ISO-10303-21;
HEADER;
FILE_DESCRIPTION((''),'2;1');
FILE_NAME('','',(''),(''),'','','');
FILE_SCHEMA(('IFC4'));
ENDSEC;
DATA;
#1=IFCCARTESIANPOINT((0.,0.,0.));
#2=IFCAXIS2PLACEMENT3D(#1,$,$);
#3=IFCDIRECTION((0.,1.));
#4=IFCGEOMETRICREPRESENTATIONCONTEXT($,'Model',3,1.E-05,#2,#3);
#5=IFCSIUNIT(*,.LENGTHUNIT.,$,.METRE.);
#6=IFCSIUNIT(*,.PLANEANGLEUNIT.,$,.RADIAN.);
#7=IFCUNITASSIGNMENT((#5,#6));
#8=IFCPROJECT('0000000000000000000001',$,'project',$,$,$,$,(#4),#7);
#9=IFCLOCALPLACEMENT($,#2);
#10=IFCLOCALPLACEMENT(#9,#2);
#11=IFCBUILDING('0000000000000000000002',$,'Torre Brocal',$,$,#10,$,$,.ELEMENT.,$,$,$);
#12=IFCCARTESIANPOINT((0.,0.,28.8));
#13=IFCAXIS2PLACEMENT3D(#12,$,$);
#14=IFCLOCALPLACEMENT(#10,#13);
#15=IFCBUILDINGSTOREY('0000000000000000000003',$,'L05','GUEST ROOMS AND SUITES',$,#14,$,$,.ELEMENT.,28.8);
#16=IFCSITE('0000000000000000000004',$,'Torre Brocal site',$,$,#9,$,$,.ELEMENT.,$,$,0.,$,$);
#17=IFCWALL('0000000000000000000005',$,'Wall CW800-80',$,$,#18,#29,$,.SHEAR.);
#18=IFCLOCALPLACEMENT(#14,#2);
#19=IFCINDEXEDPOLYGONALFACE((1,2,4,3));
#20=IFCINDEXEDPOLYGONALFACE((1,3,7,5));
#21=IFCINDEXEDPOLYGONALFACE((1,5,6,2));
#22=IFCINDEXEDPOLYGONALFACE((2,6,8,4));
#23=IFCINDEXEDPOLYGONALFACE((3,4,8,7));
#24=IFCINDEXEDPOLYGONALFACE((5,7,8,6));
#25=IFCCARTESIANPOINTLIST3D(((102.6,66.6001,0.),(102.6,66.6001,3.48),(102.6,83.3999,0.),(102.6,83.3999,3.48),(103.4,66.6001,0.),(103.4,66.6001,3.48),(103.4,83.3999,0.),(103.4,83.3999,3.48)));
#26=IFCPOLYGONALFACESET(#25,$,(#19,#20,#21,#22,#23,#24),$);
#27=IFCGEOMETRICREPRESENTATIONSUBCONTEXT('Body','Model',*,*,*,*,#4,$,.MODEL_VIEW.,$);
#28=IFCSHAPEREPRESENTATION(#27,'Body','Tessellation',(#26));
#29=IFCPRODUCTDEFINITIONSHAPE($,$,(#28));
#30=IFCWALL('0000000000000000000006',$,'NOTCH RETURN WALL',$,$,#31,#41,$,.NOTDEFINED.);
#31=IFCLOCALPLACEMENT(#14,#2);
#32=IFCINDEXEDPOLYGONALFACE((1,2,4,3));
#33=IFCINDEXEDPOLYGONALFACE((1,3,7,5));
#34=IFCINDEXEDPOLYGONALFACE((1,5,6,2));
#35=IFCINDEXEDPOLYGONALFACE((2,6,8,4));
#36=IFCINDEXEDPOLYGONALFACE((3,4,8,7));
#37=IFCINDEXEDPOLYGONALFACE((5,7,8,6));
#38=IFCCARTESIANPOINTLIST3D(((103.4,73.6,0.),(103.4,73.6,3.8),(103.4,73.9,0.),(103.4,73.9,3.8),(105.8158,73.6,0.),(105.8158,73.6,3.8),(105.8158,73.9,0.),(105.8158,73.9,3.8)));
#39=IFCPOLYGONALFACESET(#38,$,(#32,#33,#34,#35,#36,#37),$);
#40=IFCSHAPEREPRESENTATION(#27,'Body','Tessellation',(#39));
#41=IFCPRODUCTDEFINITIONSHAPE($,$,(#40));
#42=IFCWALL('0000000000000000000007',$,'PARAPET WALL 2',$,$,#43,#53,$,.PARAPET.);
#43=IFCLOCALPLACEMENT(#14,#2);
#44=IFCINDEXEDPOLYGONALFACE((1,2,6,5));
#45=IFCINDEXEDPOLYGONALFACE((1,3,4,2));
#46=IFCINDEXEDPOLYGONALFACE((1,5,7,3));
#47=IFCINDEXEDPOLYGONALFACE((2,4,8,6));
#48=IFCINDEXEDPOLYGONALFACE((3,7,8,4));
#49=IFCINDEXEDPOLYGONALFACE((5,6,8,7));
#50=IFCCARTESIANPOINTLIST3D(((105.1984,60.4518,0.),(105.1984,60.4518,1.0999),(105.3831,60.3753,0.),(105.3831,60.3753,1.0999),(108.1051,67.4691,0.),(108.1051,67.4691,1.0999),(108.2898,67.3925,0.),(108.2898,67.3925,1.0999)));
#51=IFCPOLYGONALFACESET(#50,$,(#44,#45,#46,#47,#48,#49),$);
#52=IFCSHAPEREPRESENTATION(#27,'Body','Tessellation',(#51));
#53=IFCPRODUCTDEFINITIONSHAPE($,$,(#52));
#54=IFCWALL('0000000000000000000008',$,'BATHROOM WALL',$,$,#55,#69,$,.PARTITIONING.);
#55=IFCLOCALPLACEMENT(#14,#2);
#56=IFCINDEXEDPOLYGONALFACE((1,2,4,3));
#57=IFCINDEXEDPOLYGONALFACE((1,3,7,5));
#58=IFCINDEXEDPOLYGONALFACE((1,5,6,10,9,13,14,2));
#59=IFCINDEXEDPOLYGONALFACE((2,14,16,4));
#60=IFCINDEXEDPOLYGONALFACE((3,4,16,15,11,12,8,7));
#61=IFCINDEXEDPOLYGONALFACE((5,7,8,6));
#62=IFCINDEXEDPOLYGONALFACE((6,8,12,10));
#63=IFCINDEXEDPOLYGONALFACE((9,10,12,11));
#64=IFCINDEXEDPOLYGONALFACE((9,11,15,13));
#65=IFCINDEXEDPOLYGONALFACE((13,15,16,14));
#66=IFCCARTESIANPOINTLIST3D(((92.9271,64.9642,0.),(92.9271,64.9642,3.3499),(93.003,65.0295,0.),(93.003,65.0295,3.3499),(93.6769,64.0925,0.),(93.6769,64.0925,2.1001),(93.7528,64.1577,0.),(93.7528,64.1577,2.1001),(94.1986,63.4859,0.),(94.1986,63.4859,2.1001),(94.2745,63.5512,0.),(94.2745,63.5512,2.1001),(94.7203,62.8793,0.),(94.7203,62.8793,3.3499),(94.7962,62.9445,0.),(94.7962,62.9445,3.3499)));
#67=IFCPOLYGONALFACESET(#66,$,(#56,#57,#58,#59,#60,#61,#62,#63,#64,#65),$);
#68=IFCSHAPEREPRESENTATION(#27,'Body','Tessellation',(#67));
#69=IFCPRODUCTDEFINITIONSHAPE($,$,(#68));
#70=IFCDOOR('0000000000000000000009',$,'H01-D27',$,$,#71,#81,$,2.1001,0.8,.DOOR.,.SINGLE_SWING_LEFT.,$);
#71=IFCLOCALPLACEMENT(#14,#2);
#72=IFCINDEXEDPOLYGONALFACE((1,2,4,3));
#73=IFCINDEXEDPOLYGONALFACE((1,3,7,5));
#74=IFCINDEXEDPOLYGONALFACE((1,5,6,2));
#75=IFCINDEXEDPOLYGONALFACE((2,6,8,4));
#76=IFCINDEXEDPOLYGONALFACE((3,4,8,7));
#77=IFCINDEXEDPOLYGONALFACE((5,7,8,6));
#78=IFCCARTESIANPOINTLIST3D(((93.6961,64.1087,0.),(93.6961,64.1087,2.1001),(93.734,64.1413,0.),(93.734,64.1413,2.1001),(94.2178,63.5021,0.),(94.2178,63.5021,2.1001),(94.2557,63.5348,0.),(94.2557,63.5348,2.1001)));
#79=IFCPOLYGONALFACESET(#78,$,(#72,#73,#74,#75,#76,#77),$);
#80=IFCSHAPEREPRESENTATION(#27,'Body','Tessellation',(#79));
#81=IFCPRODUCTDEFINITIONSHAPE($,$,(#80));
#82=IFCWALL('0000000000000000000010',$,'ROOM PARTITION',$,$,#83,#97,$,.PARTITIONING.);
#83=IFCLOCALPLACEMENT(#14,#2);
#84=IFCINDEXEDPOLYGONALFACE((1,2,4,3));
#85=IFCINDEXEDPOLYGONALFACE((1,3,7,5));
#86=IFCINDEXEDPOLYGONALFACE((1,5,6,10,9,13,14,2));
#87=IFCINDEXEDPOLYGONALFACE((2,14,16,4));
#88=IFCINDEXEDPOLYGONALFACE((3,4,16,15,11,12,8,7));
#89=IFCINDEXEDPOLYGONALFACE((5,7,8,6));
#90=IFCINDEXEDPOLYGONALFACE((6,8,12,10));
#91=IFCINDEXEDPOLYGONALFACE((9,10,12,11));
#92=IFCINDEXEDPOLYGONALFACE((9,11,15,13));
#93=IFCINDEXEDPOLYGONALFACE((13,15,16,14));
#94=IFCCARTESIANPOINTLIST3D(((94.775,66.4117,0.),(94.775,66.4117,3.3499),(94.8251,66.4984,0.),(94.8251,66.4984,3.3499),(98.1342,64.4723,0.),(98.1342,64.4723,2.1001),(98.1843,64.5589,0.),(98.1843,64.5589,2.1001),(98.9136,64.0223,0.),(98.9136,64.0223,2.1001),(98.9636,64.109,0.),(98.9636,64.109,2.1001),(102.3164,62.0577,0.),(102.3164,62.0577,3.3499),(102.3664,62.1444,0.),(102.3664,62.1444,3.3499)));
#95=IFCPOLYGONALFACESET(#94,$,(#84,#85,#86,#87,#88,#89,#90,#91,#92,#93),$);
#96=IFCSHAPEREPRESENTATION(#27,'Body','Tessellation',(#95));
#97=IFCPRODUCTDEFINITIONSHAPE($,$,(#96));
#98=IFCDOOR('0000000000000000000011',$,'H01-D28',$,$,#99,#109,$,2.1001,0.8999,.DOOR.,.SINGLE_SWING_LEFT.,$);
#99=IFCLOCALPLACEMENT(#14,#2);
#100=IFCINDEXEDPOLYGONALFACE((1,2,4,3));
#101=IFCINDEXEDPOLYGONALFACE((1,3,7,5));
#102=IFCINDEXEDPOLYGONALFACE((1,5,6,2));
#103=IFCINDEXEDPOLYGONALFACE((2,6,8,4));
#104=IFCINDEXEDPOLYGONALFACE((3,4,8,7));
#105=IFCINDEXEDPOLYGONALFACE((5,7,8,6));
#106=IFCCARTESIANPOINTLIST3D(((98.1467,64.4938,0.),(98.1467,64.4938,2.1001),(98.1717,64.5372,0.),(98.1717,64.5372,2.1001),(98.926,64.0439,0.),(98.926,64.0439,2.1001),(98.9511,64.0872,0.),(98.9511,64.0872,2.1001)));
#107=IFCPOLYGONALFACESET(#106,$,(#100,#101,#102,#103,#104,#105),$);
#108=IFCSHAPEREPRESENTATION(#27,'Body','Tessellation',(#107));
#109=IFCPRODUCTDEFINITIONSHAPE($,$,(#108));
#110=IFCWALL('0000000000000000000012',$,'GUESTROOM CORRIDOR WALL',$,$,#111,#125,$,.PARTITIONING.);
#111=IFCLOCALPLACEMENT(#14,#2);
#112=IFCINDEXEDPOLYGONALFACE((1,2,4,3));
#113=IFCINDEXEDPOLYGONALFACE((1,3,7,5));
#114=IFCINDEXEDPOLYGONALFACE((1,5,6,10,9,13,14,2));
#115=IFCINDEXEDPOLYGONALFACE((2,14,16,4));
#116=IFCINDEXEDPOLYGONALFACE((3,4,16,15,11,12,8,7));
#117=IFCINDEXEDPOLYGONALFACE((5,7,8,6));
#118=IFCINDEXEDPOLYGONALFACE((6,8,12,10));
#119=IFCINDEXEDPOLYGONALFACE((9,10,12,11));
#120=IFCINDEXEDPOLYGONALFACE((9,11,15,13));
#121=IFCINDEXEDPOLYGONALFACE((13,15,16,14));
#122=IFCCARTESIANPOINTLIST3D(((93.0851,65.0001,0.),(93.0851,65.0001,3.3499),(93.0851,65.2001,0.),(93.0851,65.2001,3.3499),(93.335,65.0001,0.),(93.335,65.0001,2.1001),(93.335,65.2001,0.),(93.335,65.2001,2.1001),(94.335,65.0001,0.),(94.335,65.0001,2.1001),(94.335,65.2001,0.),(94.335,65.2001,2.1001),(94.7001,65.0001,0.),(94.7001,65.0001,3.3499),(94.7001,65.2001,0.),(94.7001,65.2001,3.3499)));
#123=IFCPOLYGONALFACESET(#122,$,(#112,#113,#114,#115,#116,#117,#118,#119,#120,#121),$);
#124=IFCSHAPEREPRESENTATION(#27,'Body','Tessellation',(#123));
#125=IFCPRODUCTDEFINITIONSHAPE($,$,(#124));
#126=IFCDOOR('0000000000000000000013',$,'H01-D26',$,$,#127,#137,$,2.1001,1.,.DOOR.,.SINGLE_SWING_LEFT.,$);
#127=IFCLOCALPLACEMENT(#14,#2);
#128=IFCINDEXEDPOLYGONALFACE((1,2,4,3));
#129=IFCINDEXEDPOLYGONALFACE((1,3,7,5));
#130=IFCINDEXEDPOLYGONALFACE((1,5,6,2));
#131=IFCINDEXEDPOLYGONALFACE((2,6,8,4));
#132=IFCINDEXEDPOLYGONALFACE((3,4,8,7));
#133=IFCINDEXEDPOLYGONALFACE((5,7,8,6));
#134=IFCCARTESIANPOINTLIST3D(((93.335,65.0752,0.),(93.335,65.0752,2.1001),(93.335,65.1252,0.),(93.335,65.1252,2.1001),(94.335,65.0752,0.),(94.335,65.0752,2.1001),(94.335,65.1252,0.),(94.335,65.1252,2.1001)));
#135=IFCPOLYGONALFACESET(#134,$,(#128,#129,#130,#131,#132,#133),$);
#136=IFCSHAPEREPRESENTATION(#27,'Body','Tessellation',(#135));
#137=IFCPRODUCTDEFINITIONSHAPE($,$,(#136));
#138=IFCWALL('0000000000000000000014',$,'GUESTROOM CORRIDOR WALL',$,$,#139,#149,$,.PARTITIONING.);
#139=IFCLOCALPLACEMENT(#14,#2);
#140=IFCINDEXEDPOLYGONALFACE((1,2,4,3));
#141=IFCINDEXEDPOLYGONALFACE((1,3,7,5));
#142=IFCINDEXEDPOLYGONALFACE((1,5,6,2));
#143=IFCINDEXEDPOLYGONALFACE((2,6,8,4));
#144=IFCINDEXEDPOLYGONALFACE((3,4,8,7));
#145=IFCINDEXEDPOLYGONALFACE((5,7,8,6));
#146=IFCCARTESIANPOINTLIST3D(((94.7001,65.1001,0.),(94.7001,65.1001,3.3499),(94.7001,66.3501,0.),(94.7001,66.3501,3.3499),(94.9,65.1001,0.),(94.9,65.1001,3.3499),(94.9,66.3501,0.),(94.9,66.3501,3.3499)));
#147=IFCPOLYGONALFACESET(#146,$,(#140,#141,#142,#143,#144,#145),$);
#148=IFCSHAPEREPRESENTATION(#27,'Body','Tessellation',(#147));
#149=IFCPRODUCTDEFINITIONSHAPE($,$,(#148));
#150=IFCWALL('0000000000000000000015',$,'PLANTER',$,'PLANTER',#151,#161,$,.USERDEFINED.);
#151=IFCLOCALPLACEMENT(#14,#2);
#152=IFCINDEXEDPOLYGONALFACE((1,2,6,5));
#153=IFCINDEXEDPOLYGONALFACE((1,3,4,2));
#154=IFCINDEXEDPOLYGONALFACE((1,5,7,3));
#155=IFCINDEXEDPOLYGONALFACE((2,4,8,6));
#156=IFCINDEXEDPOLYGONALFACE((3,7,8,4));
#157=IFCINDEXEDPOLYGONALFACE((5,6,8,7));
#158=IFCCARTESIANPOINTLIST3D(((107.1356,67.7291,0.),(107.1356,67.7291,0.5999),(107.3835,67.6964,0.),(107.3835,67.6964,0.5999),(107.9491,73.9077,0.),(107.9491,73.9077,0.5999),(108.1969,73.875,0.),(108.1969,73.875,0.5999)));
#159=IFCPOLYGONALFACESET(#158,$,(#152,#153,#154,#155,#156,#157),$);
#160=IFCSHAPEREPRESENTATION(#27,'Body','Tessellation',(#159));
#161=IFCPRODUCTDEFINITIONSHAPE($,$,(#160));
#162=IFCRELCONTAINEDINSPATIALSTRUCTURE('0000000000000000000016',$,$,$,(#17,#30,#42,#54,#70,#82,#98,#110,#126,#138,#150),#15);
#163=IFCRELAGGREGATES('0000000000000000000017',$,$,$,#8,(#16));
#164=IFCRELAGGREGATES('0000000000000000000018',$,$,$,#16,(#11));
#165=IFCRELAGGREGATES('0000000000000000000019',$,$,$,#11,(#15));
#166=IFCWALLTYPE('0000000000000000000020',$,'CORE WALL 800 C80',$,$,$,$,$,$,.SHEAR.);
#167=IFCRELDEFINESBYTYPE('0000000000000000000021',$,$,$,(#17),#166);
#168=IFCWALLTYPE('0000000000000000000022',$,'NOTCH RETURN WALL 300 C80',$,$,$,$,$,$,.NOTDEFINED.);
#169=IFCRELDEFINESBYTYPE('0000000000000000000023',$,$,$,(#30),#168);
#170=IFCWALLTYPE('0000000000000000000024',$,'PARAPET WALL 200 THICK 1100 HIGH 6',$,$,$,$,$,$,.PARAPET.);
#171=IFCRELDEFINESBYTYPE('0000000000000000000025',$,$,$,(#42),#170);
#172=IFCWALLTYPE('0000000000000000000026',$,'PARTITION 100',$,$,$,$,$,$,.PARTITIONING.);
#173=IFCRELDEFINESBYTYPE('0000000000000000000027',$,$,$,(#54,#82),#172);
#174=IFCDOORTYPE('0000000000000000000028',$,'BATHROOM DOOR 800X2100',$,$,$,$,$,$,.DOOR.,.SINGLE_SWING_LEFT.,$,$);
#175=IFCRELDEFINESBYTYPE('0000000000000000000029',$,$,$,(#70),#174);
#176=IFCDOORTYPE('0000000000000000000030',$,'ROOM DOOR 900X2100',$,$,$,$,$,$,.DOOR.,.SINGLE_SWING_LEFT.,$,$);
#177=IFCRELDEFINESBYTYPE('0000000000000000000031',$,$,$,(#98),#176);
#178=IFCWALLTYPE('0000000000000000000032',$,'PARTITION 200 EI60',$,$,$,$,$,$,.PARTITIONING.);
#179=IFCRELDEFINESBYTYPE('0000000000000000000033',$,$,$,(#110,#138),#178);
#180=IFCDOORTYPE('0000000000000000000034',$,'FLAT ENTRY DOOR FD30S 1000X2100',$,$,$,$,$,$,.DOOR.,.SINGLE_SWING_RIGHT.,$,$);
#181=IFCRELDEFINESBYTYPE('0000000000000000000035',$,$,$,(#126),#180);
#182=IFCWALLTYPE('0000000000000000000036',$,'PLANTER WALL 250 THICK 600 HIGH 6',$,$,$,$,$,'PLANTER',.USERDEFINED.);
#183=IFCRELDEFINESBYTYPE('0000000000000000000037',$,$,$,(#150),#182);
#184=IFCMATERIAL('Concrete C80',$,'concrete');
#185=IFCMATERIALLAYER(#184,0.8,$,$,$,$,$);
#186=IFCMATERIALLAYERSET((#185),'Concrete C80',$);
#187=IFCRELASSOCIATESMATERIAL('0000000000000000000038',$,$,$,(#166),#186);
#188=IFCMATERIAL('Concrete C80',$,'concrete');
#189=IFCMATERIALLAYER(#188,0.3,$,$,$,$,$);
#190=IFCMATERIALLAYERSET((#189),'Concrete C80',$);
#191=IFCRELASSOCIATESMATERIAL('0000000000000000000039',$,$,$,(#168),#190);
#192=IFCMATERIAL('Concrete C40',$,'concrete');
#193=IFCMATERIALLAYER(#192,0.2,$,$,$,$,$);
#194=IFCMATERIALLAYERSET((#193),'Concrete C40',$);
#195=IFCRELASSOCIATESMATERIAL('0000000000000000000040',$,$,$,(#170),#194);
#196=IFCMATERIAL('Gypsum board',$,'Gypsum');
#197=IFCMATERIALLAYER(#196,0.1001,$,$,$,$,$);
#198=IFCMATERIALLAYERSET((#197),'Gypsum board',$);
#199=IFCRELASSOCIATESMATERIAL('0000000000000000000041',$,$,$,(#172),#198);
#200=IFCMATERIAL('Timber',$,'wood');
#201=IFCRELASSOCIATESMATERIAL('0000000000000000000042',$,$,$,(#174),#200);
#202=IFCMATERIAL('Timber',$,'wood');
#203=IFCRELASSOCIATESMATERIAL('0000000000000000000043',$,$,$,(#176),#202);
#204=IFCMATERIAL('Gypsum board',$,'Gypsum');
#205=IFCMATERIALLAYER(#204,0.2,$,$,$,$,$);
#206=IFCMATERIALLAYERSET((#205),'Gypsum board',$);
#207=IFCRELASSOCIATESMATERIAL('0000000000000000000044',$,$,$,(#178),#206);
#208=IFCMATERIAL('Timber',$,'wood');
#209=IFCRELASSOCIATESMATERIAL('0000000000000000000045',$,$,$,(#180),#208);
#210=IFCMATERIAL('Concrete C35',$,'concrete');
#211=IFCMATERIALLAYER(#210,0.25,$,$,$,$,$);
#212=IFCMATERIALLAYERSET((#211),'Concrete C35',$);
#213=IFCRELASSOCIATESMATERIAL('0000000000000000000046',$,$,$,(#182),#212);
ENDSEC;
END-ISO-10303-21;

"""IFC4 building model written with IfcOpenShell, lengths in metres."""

from ifc_helpers import new_model, si_unit, direction, frame, frame_2d, origin, place, context, subcontext, project, spatial, rectangle, extrude, material, layer, layer_set, type_object, element, fill, save


model = new_model("IFC4")

# Units and contexts
model_context = context("Model", 3, precision=1e-05, world=origin(), true_north=direction((0.0, 1.0)))
body_context = subcontext(model_context, "Body", "Model", "MODEL_VIEW")
ifc_project = project(units=[si_unit("LENGTHUNIT", "METRE"), si_unit("PLANEANGLEUNIT", "RADIAN")], contexts=[model_context])

# Site, building, storey
site_placement = place(None, origin())
site = spatial("IfcSite", under=ifc_project, at=site_placement, Name="Torre Brocal site", CompositionType="ELEMENT", RefElevation=0.0)
building_placement = place(site_placement, origin())
building = spatial("IfcBuilding", under=site, at=building_placement, Name="Torre Brocal", CompositionType="ELEMENT")
storey_placement = place(building_placement, frame((0.0, 0.0, 28.8)))
storey = spatial("IfcBuildingStorey", under=building, at=storey_placement, Name="L05", Description="GUEST ROOMS AND SUITES", CompositionType="ELEMENT", Elevation=28.8)

# Walls
ifc_material_1 = material(Name="Concrete C80", Category="concrete")
ifc_layer_1 = layer(ifc_material_1, 0.8)
ifc_layer_set_1 = layer_set([ifc_layer_1], Name="Concrete C80")
wall_type_1 = type_object("IfcWallType", Name="CORE WALL 800 C80", PredefinedType="SHEAR", material=ifc_layer_set_1)
wall_1_placement = place(storey_placement, frame((103.0, 66.6001, 0.0), z_axis=(0.0, 0.0, 1.0), x_axis=(0.0, 1.0, 0.0)))
element("IfcWall", 1, at=wall_1_placement, inside=storey, type_object=wall_type_1, Name="Wall CW800-80", PredefinedType="SHEAR", context=body_context, shape_type="SweptSolid", body=[
    extrude(rectangle(XDim=16.7998, YDim=0.8, at=frame_2d((8.3999, 0.0))), origin(), (0.0, 0.0, 1.0), 3.48),
])
ifc_material_2 = material(Name="Concrete C80", Category="concrete")
ifc_layer_2 = layer(ifc_material_2, 0.3)
ifc_layer_set_2 = layer_set([ifc_layer_2], Name="Concrete C80")
wall_type_2 = type_object("IfcWallType", Name="NOTCH RETURN WALL 300 C80", PredefinedType="NOTDEFINED", material=ifc_layer_set_2)
wall_2_placement = place(storey_placement, frame((103.3999, 73.75, 0.0), z_axis=(0.0, 0.0, 1.0), x_axis=(1.0, 0.0, 0.0)))
element("IfcWall", 2, at=wall_2_placement, inside=storey, type_object=wall_type_2, Name="NOTCH RETURN WALL", PredefinedType="NOTDEFINED", context=body_context, shape_type="SweptSolid", body=[
    extrude(rectangle(XDim=2.4158, YDim=0.3, at=frame_2d((1.208, 0.0))), origin(), (0.0, 0.0, 1.0), 3.8),
])
ifc_material_3 = material(Name="Concrete C40", Category="concrete")
ifc_layer_3 = layer(ifc_material_3, 0.2)
ifc_layer_set_3 = layer_set([ifc_layer_3], Name="Concrete C40")
wall_type_3 = type_object("IfcWallType", Name="PARAPET WALL 200 THICK 1100 HIGH 6", PredefinedType="PARAPET", material=ifc_layer_set_3)
wall_3_placement = place(storey_placement, frame((108.1975, 67.4309, 0.0), z_axis=(0.0, 0.0, 1.0), x_axis=(-0.382691, -0.923877, 0.0)))
element("IfcWall", 3, at=wall_3_placement, inside=storey, type_object=wall_type_3, Name="PARAPET WALL 2", PredefinedType="PARAPET", context=body_context, shape_type="SweptSolid", body=[
    extrude(rectangle(XDim=7.5955, YDim=0.2, at=frame_2d((3.7979, 0.0))), origin(), (0.0, 0.0, 1.0), 1.0999),
])

# Walls, openings, doors
ifc_material_4 = material(Name="Gypsum board", Category="Gypsum")
ifc_layer_4 = layer(ifc_material_4, 0.1001)
ifc_layer_set_4 = layer_set([ifc_layer_4], Name="Gypsum board")
wall_type_4 = type_object("IfcWallType", Name="PARTITION 100", PredefinedType="PARTITIONING", material=ifc_layer_set_4)
wall_4_placement = place(storey_placement, frame((92.9651, 64.9968, 0.0), z_axis=(0.0, 0.0, 1.0), x_axis=(0.65207, -0.758159, 0.0)))
wall_4 = element("IfcWall", 4, at=wall_4_placement, inside=storey, type_object=wall_type_4, Name="BATHROOM WALL", PredefinedType="PARTITIONING", context=body_context, shape_type="SweptSolid", body=[
    extrude(rectangle(XDim=2.75, YDim=0.1001, at=frame_2d((1.375, 0.0))), origin(), (0.0, 0.0, 1.0), 3.3499),
])
opening_1_placement = place(wall_4_placement, frame((1.1499, 0.0, 0.0)))
opening_1 = element("IfcOpeningElement", 5, at=opening_1_placement, cuts=wall_4, PredefinedType="OPENING", context=body_context, shape_type="SweptSolid", body=[
    extrude(rectangle(XDim=0.8, YDim=2.1001, at=frame_2d((0.3999, 1.05))), frame((0.0, 0.0601, 0.0), z_axis=(0.0, -1.0, 0.0), x_axis=(1.0, 0.0, 0.0)), (0.0, 0.0, 1.0), 0.1201),
])
ifc_material_5 = material(Name="Timber", Category="wood")
door_type_1 = type_object("IfcDoorType", Name="BATHROOM DOOR 800X2100", OperationType="SINGLE_SWING_LEFT", PredefinedType="DOOR", material=ifc_material_5)
door_1_placement = place(opening_1_placement, frame((0.8, 0.0, 0.0), z_axis=(0.0, 0.0, 1.0), x_axis=(-1.0, 0.0, 0.0)))
door_1 = element("IfcDoor", 6, at=door_1_placement, inside=storey, type_object=door_type_1, Name="H01-D27", OperationType="SINGLE_SWING_LEFT", OverallHeight=2.1001, OverallWidth=0.8, PredefinedType="DOOR", context=body_context, shape_type="SweptSolid", body=[
    extrude(rectangle(XDim=0.8, YDim=2.1001, at=frame_2d((0.3999, 1.05))), frame((0.0, 0.0249, 0.0), z_axis=(0.0, -1.0, 0.0), x_axis=(1.0, 0.0, 0.0)), (0.0, 0.0, 1.0), 0.05),
])
fill(opening_1, door_1)
wall_5_placement = place(storey_placement, frame((94.8, 66.4551, 0.0), z_axis=(0.0, 0.0, 1.0), x_axis=(0.866023, -0.500005, 0.0)))
wall_5 = element("IfcWall", 7, at=wall_5_placement, inside=storey, type_object=wall_type_4, Name="ROOM PARTITION", PredefinedType="PARTITIONING", context=body_context, shape_type="SweptSolid", body=[
    extrude(rectangle(XDim=8.708, YDim=0.1001, at=frame_2d((4.354, 0.0))), origin(), (0.0, 0.0, 1.0), 3.3499),
])
opening_2_placement = place(wall_5_placement, frame((3.8789, 0.0, 0.0)))
opening_2 = element("IfcOpeningElement", 8, at=opening_2_placement, cuts=wall_5, PredefinedType="OPENING", context=body_context, shape_type="SweptSolid", body=[
    extrude(rectangle(XDim=0.8999, YDim=2.1001, at=frame_2d((0.45, 1.05))), frame((0.0, 0.0601, 0.0), z_axis=(0.0, -1.0, 0.0), x_axis=(1.0, 0.0, 0.0)), (0.0, 0.0, 1.0), 0.1201),
])
ifc_material_6 = material(Name="Timber", Category="wood")
door_type_2 = type_object("IfcDoorType", Name="ROOM DOOR 900X2100", OperationType="SINGLE_SWING_LEFT", PredefinedType="DOOR", material=ifc_material_6)
door_2_placement = place(opening_2_placement, origin())
door_2 = element("IfcDoor", 9, at=door_2_placement, inside=storey, type_object=door_type_2, Name="H01-D28", OperationType="SINGLE_SWING_LEFT", OverallHeight=2.1001, OverallWidth=0.8999, PredefinedType="DOOR", context=body_context, shape_type="SweptSolid", body=[
    extrude(rectangle(XDim=0.8999, YDim=2.1001, at=frame_2d((0.45, 1.05))), frame((0.0, 0.0249, 0.0), z_axis=(0.0, -1.0, 0.0), x_axis=(1.0, 0.0, 0.0)), (0.0, 0.0, 1.0), 0.05),
])
fill(opening_2, door_2)
ifc_material_7 = material(Name="Gypsum board", Category="Gypsum")
ifc_layer_5 = layer(ifc_material_7, 0.2)
ifc_layer_set_5 = layer_set([ifc_layer_5], Name="Gypsum board")
wall_type_5 = type_object("IfcWallType", Name="PARTITION 200 EI60", PredefinedType="PARTITIONING", material=ifc_layer_set_5)
wall_6_placement = place(storey_placement, frame((93.085, 65.1001, 0.0), z_axis=(0.0, 0.0, 1.0), x_axis=(1.0, 0.0, 0.0)))
wall_6 = element("IfcWall", 10, at=wall_6_placement, inside=storey, type_object=wall_type_5, Name="GUESTROOM CORRIDOR WALL", PredefinedType="PARTITIONING", context=body_context, shape_type="SweptSolid", body=[
    extrude(rectangle(XDim=1.615, YDim=0.2, at=frame_2d((0.8076, 0.0))), origin(), (0.0, 0.0, 1.0), 3.3499),
])
opening_3_placement = place(wall_6_placement, frame((0.25, 0.0, 0.0)))
opening_3 = element("IfcOpeningElement", 11, at=opening_3_placement, cuts=wall_6, PredefinedType="OPENING", context=body_context, shape_type="SweptSolid", body=[
    extrude(rectangle(XDim=1.0, YDim=2.1001, at=frame_2d((0.5, 1.05))), frame((0.0, 0.1099, 0.0), z_axis=(0.0, -1.0, 0.0), x_axis=(1.0, 0.0, 0.0)), (0.0, 0.0, 1.0), 0.22),
])
ifc_material_8 = material(Name="Timber", Category="wood")
door_type_3 = type_object("IfcDoorType", Name="FLAT ENTRY DOOR FD30S 1000X2100", OperationType="SINGLE_SWING_RIGHT", PredefinedType="DOOR", material=ifc_material_8)
door_3_placement = place(opening_3_placement, frame((1.0, 0.0, 0.0), z_axis=(0.0, 0.0, 1.0), x_axis=(-1.0, 0.0, 0.0)))
door_3 = element("IfcDoor", 12, at=door_3_placement, inside=storey, type_object=door_type_3, Name="H01-D26", OperationType="SINGLE_SWING_LEFT", OverallHeight=2.1001, OverallWidth=1.0, PredefinedType="DOOR", context=body_context, shape_type="SweptSolid", body=[
    extrude(rectangle(XDim=1.0, YDim=2.1001, at=frame_2d((0.5, 1.05))), frame((0.0, 0.0249, 0.0), z_axis=(0.0, -1.0, 0.0), x_axis=(1.0, 0.0, 0.0)), (0.0, 0.0, 1.0), 0.05),
])
fill(opening_3, door_3)

# Walls
wall_7_placement = place(storey_placement, frame((94.8, 65.1001, 0.0), z_axis=(0.0, 0.0, 1.0), x_axis=(0.0, 1.0, 0.0)))
element("IfcWall", 13, at=wall_7_placement, inside=storey, type_object=wall_type_5, Name="GUESTROOM CORRIDOR WALL", PredefinedType="PARTITIONING", context=body_context, shape_type="SweptSolid", body=[
    extrude(rectangle(XDim=1.25, YDim=0.2, at=frame_2d((0.625, 0.0))), origin(), (0.0, 0.0, 1.0), 3.3499),
])
ifc_material_9 = material(Name="Concrete C35", Category="concrete")
ifc_layer_6 = layer(ifc_material_9, 0.25)
ifc_layer_set_6 = layer_set([ifc_layer_6], Name="Concrete C35")
wall_type_6 = type_object("IfcWallType", Name="PLANTER WALL 250 THICK 600 HIGH 6", ElementType="PLANTER", PredefinedType="USERDEFINED", material=ifc_layer_set_6)
wall_8_placement = place(storey_placement, frame((108.073, 73.8914, 0.0), z_axis=(0.0, 0.0, 1.0), x_axis=(-0.130532, -0.991444, 0.0)))
element("IfcWall", 14, at=wall_8_placement, inside=storey, type_object=wall_type_6, Name="PLANTER", ObjectType="PLANTER", PredefinedType="USERDEFINED", context=body_context, shape_type="SweptSolid", body=[
    extrude(rectangle(XDim=6.2319, YDim=0.25, at=frame_2d((3.116, 0.0))), origin(), (0.0, 0.0, 1.0), 0.5999),
])

save(model, "model.ifc")
